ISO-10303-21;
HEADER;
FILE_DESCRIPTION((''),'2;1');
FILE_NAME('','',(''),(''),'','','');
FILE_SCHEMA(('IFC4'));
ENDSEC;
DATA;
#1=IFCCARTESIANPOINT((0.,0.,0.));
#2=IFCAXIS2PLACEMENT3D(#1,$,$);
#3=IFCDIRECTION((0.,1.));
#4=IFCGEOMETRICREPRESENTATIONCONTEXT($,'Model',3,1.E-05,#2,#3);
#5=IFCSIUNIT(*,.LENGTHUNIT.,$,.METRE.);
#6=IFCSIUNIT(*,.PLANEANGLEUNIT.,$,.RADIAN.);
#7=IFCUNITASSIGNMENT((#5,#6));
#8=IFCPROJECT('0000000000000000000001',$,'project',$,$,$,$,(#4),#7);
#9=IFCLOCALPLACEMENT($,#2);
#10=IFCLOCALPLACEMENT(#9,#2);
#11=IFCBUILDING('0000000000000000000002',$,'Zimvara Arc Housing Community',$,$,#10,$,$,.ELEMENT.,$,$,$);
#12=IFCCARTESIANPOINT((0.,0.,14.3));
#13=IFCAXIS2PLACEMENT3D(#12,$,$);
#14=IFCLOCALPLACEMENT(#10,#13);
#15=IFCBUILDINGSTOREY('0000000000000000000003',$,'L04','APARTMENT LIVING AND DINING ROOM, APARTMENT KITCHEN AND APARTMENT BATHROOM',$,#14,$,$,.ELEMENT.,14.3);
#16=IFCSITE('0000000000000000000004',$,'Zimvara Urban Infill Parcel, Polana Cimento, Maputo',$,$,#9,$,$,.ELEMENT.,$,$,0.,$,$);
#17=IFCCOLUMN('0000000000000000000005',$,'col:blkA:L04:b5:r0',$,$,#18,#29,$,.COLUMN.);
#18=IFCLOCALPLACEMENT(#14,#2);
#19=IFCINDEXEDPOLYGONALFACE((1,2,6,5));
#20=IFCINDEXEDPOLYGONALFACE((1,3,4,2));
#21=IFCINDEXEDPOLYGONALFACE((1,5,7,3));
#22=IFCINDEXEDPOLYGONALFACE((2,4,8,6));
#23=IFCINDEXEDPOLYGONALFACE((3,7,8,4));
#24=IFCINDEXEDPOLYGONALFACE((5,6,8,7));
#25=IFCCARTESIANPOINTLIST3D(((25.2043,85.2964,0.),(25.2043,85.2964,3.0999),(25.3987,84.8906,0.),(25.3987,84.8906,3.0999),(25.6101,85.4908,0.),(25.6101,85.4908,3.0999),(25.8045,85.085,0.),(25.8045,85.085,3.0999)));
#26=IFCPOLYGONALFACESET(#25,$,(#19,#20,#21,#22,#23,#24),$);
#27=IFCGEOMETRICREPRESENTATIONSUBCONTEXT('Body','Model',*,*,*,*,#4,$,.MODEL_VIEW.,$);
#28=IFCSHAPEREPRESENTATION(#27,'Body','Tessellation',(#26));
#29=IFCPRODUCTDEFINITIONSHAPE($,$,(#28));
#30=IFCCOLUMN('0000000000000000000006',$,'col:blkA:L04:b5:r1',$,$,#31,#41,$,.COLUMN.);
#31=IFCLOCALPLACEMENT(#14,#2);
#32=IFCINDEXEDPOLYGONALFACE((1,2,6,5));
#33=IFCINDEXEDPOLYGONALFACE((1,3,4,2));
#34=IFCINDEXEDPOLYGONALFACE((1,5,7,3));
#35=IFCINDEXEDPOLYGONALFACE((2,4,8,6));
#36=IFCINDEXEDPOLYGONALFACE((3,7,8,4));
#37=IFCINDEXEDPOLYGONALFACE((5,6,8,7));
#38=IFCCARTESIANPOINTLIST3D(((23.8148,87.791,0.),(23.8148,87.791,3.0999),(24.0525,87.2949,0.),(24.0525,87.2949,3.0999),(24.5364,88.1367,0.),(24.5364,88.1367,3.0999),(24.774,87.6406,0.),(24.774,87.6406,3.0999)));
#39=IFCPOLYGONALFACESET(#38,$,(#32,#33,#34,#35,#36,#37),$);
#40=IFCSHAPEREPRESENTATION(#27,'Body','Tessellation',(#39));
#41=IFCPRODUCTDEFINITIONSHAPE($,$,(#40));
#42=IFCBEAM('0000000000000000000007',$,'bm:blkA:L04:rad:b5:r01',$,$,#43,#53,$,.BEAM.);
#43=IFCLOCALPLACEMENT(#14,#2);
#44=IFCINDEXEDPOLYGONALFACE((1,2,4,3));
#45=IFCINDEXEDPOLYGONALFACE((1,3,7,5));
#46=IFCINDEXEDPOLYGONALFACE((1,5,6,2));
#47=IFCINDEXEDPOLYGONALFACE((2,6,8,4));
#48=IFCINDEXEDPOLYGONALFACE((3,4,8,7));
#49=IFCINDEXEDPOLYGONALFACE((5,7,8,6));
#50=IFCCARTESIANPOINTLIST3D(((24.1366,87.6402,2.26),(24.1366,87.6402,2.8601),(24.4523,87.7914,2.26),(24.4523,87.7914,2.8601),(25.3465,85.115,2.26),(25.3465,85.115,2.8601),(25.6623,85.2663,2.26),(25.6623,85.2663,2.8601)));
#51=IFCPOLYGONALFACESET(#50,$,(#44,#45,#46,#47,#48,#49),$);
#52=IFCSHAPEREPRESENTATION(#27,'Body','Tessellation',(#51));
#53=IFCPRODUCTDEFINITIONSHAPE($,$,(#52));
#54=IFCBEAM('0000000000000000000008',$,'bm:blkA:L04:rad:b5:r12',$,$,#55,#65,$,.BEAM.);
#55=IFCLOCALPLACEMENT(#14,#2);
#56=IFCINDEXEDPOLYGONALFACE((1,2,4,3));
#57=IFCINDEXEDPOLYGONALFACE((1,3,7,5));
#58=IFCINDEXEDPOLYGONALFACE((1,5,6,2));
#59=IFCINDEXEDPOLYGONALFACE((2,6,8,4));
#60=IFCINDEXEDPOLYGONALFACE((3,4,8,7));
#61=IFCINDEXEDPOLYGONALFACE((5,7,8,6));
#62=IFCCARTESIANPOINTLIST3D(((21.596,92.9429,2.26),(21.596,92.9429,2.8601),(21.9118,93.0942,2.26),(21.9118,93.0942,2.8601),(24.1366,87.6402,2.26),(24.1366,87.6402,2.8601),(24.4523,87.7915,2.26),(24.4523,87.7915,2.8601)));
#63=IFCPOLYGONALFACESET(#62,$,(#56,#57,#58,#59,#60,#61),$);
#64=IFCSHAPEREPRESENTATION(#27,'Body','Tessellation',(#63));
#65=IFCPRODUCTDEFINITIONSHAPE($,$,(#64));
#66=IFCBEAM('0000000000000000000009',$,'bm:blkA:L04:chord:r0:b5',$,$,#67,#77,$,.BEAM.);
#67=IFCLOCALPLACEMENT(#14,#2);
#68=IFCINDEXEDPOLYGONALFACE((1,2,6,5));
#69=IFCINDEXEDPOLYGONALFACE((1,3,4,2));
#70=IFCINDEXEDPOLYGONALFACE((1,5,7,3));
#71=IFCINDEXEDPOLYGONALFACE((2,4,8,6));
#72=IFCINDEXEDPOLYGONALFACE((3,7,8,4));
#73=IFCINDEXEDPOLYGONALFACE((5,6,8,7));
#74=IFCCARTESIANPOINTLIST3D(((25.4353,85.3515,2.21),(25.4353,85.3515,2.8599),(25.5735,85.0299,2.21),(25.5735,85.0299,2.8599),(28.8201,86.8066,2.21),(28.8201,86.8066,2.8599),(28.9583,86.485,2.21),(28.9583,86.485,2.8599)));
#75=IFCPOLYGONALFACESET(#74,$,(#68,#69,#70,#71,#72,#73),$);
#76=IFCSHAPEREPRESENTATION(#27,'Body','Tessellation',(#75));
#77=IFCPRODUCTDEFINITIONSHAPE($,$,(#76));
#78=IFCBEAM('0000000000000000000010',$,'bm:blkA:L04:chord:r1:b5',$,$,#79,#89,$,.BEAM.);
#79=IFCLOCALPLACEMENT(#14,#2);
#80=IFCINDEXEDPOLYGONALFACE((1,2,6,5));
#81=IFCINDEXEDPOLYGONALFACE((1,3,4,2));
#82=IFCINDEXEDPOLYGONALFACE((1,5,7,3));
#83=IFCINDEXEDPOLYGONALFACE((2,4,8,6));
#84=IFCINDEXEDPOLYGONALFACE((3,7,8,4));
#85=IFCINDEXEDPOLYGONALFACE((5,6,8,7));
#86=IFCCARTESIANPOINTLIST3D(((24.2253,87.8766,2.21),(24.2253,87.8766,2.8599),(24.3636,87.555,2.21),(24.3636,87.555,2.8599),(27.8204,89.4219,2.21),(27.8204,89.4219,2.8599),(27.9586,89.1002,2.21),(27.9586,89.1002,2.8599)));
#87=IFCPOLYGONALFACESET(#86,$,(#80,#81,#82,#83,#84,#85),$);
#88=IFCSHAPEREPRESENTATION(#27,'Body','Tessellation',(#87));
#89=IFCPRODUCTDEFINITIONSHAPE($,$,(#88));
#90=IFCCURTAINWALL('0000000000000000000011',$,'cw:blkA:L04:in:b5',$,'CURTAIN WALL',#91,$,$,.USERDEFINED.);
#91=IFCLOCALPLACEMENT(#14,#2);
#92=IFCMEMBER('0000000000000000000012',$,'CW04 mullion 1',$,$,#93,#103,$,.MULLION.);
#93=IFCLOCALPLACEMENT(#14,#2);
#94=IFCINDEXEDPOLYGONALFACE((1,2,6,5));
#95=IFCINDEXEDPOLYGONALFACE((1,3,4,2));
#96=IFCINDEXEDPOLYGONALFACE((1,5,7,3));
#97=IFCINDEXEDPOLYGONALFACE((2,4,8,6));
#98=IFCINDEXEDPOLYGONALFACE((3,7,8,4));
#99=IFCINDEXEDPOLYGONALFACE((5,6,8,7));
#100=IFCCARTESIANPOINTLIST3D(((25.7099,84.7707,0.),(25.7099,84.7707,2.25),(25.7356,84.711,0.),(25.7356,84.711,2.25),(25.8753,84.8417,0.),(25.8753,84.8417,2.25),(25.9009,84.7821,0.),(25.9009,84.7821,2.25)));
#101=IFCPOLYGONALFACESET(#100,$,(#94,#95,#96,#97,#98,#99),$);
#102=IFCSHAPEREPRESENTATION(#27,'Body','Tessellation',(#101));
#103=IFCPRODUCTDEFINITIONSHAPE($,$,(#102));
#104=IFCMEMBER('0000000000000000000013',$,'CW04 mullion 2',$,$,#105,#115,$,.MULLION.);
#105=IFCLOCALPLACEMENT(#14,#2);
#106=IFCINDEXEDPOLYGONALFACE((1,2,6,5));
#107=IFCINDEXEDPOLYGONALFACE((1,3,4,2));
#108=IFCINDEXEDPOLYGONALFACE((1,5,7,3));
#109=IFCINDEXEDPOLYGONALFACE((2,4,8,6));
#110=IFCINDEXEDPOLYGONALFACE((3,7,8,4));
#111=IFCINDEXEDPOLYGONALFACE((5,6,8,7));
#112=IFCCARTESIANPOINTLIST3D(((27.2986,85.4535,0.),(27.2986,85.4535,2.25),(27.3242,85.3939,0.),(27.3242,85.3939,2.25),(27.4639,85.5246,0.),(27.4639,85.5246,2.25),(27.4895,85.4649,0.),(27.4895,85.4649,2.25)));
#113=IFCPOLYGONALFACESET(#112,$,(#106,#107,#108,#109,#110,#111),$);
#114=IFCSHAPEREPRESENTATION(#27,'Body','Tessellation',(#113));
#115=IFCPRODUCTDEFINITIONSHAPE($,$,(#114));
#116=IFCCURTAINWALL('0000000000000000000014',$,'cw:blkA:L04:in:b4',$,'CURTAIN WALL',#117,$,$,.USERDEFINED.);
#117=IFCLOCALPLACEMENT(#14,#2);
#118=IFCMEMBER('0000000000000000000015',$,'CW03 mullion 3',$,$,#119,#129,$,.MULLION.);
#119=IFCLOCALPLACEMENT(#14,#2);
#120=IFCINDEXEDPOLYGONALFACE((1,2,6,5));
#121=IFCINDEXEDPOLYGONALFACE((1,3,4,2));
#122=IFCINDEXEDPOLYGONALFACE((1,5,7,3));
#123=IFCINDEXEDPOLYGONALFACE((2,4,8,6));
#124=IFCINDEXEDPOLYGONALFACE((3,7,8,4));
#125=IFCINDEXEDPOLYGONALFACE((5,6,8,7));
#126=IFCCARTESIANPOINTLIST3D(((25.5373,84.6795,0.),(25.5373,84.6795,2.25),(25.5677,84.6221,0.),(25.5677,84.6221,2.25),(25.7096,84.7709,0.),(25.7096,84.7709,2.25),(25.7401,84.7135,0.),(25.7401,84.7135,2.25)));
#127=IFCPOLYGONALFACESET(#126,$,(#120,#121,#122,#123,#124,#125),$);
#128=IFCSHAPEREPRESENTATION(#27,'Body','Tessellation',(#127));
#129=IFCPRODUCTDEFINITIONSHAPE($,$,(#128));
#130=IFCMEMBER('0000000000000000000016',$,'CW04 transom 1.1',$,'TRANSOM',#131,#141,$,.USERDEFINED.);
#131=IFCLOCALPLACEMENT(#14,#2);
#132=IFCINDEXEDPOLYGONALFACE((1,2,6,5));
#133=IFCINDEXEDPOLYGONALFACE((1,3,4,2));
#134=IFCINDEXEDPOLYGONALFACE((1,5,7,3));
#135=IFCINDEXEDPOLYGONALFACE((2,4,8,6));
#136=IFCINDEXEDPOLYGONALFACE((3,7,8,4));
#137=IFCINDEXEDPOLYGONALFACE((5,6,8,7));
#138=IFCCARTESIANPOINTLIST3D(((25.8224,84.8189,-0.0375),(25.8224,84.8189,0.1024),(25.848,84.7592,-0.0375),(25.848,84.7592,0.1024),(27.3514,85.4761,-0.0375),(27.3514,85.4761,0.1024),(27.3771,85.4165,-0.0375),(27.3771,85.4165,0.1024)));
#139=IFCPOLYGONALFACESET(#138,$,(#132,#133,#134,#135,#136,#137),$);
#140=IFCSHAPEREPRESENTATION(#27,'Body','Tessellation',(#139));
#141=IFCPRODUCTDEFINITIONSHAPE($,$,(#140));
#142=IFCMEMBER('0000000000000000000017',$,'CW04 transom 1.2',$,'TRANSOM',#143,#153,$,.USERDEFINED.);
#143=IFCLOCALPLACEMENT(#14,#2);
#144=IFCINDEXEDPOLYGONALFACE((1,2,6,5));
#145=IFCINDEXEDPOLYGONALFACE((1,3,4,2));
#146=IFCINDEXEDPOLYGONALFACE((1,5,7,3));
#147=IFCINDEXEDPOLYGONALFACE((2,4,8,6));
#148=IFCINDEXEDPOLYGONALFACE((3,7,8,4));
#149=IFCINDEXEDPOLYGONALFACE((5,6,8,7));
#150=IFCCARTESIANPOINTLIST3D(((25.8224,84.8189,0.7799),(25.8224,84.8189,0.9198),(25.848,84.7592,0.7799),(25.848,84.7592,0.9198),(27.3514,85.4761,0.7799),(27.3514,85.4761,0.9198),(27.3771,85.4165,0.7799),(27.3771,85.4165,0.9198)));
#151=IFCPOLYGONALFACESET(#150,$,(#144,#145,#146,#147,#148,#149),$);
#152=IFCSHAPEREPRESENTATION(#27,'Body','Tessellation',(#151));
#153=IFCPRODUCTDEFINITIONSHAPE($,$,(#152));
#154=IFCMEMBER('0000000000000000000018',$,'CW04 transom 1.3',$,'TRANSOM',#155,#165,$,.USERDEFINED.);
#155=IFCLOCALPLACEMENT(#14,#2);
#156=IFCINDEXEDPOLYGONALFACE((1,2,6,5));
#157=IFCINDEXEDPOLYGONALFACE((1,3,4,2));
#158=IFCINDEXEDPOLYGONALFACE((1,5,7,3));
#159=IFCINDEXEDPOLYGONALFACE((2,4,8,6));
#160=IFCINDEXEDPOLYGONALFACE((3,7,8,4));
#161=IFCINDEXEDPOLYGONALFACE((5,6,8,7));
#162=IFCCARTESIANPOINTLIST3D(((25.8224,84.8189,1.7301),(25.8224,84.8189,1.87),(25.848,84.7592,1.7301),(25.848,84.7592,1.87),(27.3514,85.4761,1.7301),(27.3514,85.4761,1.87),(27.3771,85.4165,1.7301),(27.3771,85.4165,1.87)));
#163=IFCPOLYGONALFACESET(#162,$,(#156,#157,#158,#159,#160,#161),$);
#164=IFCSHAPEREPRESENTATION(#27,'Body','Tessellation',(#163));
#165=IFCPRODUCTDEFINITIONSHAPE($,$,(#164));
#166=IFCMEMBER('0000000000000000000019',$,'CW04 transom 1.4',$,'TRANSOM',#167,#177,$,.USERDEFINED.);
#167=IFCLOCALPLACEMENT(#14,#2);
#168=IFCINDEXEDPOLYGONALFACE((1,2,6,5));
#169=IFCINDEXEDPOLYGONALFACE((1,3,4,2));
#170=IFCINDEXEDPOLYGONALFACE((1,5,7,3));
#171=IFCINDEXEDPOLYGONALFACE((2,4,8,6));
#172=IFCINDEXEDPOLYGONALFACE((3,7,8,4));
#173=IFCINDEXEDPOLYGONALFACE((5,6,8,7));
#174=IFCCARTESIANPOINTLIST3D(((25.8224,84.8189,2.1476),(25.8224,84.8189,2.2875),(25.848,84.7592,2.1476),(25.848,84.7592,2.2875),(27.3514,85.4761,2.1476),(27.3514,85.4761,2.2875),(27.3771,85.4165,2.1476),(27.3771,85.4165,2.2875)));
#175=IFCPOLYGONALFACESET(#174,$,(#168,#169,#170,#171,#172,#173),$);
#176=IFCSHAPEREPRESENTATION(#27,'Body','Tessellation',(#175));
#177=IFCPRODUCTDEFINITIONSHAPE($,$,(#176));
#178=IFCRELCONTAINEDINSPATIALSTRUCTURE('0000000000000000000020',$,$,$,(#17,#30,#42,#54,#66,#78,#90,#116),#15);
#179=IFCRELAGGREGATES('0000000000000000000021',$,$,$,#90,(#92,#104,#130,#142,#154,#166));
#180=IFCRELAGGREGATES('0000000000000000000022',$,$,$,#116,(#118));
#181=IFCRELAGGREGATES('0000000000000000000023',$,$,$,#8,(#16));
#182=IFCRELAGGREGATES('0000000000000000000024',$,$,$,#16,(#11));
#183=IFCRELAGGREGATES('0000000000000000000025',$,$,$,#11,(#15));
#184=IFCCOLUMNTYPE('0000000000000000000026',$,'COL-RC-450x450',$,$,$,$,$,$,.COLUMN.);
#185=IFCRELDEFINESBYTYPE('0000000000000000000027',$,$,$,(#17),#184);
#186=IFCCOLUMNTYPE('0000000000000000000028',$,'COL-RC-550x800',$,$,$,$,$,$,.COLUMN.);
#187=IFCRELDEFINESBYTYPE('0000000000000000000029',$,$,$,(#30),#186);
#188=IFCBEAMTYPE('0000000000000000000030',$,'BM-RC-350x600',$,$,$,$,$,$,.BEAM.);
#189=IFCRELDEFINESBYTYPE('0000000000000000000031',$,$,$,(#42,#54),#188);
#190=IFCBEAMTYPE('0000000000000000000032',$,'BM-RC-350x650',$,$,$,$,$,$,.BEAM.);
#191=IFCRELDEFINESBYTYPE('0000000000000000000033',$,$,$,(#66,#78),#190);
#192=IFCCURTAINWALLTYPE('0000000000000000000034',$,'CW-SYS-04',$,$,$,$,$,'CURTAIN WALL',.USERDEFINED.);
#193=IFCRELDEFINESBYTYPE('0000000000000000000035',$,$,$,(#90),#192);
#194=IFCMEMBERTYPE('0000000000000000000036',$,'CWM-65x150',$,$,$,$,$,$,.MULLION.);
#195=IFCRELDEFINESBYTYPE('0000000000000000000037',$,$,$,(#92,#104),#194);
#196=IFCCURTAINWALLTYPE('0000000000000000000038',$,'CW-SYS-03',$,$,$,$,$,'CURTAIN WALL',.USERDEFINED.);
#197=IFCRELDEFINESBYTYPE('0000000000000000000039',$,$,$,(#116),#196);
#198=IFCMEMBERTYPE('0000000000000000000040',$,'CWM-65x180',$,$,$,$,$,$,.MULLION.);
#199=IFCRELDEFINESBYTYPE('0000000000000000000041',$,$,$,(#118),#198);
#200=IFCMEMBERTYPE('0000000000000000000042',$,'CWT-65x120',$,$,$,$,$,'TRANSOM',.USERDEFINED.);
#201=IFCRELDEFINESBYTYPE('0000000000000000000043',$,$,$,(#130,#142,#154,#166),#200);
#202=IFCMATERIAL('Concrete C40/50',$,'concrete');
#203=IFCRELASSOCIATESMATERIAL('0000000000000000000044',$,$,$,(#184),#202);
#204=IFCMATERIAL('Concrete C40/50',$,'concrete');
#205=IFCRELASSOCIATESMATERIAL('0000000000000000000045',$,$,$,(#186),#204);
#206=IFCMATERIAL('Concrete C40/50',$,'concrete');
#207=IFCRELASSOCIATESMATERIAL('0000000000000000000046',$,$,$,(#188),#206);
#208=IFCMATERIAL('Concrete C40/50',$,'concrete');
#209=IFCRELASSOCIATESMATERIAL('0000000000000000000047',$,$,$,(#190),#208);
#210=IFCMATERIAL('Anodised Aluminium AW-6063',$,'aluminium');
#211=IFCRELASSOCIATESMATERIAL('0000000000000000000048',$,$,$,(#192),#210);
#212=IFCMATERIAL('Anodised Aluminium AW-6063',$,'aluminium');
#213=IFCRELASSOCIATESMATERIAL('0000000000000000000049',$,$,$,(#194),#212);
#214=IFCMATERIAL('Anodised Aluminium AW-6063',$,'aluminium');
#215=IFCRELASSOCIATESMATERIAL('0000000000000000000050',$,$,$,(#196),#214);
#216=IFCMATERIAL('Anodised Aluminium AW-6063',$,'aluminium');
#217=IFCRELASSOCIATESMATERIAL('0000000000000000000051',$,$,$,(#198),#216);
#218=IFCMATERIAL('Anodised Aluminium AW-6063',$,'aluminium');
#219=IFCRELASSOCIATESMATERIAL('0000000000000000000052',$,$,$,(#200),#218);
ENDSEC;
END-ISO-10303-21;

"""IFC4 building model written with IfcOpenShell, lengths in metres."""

from ifc_helpers import new_model, si_unit, direction, frame, origin, origin_2d, place, context, subcontext, project, spatial, rectangle, extrude, material, material_profile, profile_set, type_object, element, aggregate, save


model = new_model("IFC4")

# Units and contexts
model_context = context("Model", 3, precision=1e-05, world=origin(), true_north=direction((0.0, 1.0)))
body_context = subcontext(model_context, "Body", "Model", "MODEL_VIEW")
ifc_project = project(units=[si_unit("LENGTHUNIT", "METRE"), si_unit("PLANEANGLEUNIT", "RADIAN")], contexts=[model_context])

# Site, building, storey
site_placement = place(None, origin())
site = spatial("IfcSite", under=ifc_project, at=site_placement, Name="Zimvara Urban Infill Parcel, Polana Cimento, Maputo", CompositionType="ELEMENT", RefElevation=0.0)
building_placement = place(site_placement, origin())
building = spatial("IfcBuilding", under=site, at=building_placement, Name="Zimvara Arc Housing Community", CompositionType="ELEMENT")
storey_placement = place(building_placement, frame((0.0, 0.0, 14.3)))
storey = spatial("IfcBuildingStorey", under=building, at=storey_placement, Name="L04", Description="APARTMENT LIVING AND DINING ROOM, APARTMENT KITCHEN AND APARTMENT BATHROOM", CompositionType="ELEMENT", Elevation=14.3)

# Columns
ifc_material_1 = material(Name="Concrete C40/50", Category="concrete")
ifc_material_profile_1 = material_profile(ifc_material_1, rectangle(XDim=0.45, YDim=0.45, at=origin_2d()), Name="RC 450x450")
ifc_profile_set_1 = profile_set([ifc_material_profile_1], Name="Concrete C40/50")
column_type_1 = type_object("IfcColumnType", Name="COL-RC-450x450", PredefinedType="COLUMN", material=ifc_profile_set_1)
column_1_placement = place(storey_placement, frame((25.5044, 85.1907, 0.0), z_axis=(0.0, 0.0, 1.0), x_axis=(-0.432086, 0.901833, 0.0)))
element("IfcColumn", 1, at=column_1_placement, inside=storey, type_object=column_type_1, Name="col:blkA:L04:b5:r0", PredefinedType="COLUMN", context=body_context, shape_type="SweptSolid", body=[
    extrude(rectangle(XDim=0.45, YDim=0.45, at=origin_2d()), origin(), (0.0, 0.0, 1.0), 3.0999),
])
ifc_material_2 = material(Name="Concrete C40/50", Category="concrete")
ifc_material_profile_2 = material_profile(ifc_material_2, rectangle(XDim=0.55, YDim=0.8, at=origin_2d()), Name="RC 550x800")
ifc_profile_set_2 = profile_set([ifc_material_profile_2], Name="Concrete C40/50")
column_type_2 = type_object("IfcColumnType", Name="COL-RC-550x800", PredefinedType="COLUMN", material=ifc_profile_set_2)
column_2_placement = place(storey_placement, frame((24.2944, 87.7158, 0.0), z_axis=(0.0, 0.0, 1.0), x_axis=(-0.432086, 0.901833, 0.0)))
element("IfcColumn", 2, at=column_2_placement, inside=storey, type_object=column_type_2, Name="col:blkA:L04:b5:r1", PredefinedType="COLUMN", context=body_context, shape_type="SweptSolid", body=[
    extrude(rectangle(XDim=0.55, YDim=0.8, at=origin_2d()), origin(), (0.0, 0.0, 1.0), 3.0999),
])

# Beams
ifc_material_3 = material(Name="Concrete C40/50", Category="concrete")
ifc_material_profile_3 = material_profile(ifc_material_3, rectangle(XDim=0.3501, YDim=0.6001, at=origin_2d()), Name="RC 350x600")
ifc_profile_set_3 = profile_set([ifc_material_profile_3], Name="Concrete C40/50")
beam_type_1 = type_object("IfcBeamType", Name="BM-RC-350x600", PredefinedType="BEAM", material=ifc_profile_set_3)
beam_1_placement = place(storey_placement, frame((25.5044, 85.1907, 2.5601), z_axis=(-0.432119, 0.901817, 0.0), x_axis=(-0.901817, -0.432119, 0.0)))
element("IfcBeam", 3, at=beam_1_placement, inside=storey, type_object=beam_type_1, Name="bm:blkA:L04:rad:b5:r01", PredefinedType="BEAM", context=body_context, shape_type="SweptSolid", body=[
    extrude(rectangle(XDim=0.3501, YDim=0.6001, at=origin_2d()), origin(), (0.0, 0.0, 1.0), 2.8),
])
beam_2_placement = place(storey_placement, frame((24.2944, 87.7158, 2.5601), z_axis=(-0.43207, 0.90184, 0.0), x_axis=(-0.90184, -0.43207, 0.0)))
element("IfcBeam", 4, at=beam_2_placement, inside=storey, type_object=beam_type_1, Name="bm:blkA:L04:rad:b5:r12", PredefinedType="BEAM", context=body_context, shape_type="SweptSolid", body=[
    extrude(rectangle(XDim=0.3501, YDim=0.6001, at=origin_2d()), origin(), (0.0, 0.0, 1.0), 5.8799),
])
ifc_material_4 = material(Name="Concrete C40/50", Category="concrete")
ifc_material_profile_4 = material_profile(ifc_material_4, rectangle(XDim=0.3501, YDim=0.6499, at=origin_2d()), Name="RC 350x650")
ifc_profile_set_4 = profile_set([ifc_material_profile_4], Name="Concrete C40/50")
beam_type_2 = type_object("IfcBeamType", Name="BM-RC-350x650", PredefinedType="BEAM", material=ifc_profile_set_4)
beam_3_placement = place(storey_placement, frame((25.5044, 85.1907, 2.5349), z_axis=(0.918706, 0.394943, 0.0), x_axis=(-0.394943, 0.918706, 0.0)))
element("IfcBeam", 5, at=beam_3_placement, inside=storey, type_object=beam_type_2, Name="bm:blkA:L04:chord:r0:b5", PredefinedType="BEAM", context=body_context, shape_type="SweptSolid", body=[
    extrude(rectangle(XDim=0.3501, YDim=0.6499, at=origin_2d()), origin(), (0.0, 0.0, 1.0), 3.6843),
])
beam_4_placement = place(storey_placement, frame((24.2944, 87.7158, 2.5349), z_axis=(0.918731, 0.394883, 0.0), x_axis=(-0.394883, 0.918731, 0.0)))
element("IfcBeam", 6, at=beam_4_placement, inside=storey, type_object=beam_type_2, Name="bm:blkA:L04:chord:r1:b5", PredefinedType="BEAM", context=body_context, shape_type="SweptSolid", body=[
    extrude(rectangle(XDim=0.3501, YDim=0.6499, at=origin_2d()), origin(), (0.0, 0.0, 1.0), 3.9131),
])

# Curtain wall, members
ifc_material_5 = material(Name="Anodised Aluminium AW-6063", Category="aluminium")
curtain_wall_type_1 = type_object("IfcCurtainWallType", Name="CW-SYS-04", ElementType="CURTAIN WALL", PredefinedType="USERDEFINED", material=ifc_material_5)
curtain_wall_1_placement = place(storey_placement, origin())
curtain_wall_1 = element("IfcCurtainWall", 7, at=curtain_wall_1_placement, inside=storey, type_object=curtain_wall_type_1, Name="cw:blkA:L04:in:b5", ObjectType="CURTAIN WALL", PredefinedType="USERDEFINED")
ifc_material_6 = material(Name="Anodised Aluminium AW-6063", Category="aluminium")
ifc_material_profile_5 = material_profile(ifc_material_6, rectangle(XDim=0.0649, YDim=0.1799, at=origin_2d()), Name="ALU 65x180")
ifc_profile_set_5 = profile_set([ifc_material_profile_5], Name="Anodised Aluminium AW-6063")
member_type_1 = type_object("IfcMemberType", Name="CWM-65x150", PredefinedType="MULLION", material=ifc_profile_set_5)
member_1_placement = place(storey_placement, frame((25.8054, 84.7764, 0.0), z_axis=(0.0, 0.0, 1.0), x_axis=(-0.394904, 0.918722, 0.0)))
member_1 = element("IfcMember", 8, at=member_1_placement, type_object=member_type_1, Name="CW04 mullion 1", PredefinedType="MULLION", context=body_context, shape_type="SweptSolid", body=[
    extrude(rectangle(XDim=0.0649, YDim=0.1799, at=origin_2d()), origin(), (0.0, 0.0, 1.0), 2.25),
])
member_2_placement = place(storey_placement, frame((27.394, 85.4592, 0.0), z_axis=(0.0, 0.0, 1.0), x_axis=(-0.394904, 0.918722, 0.0)))
member_2 = element("IfcMember", 9, at=member_2_placement, type_object=member_type_1, Name="CW04 mullion 2", PredefinedType="MULLION", context=body_context, shape_type="SweptSolid", body=[
    extrude(rectangle(XDim=0.0649, YDim=0.1799, at=origin_2d()), origin(), (0.0, 0.0, 1.0), 2.25),
])

# Curtain wall, member
ifc_material_7 = material(Name="Anodised Aluminium AW-6063", Category="aluminium")
curtain_wall_type_2 = type_object("IfcCurtainWallType", Name="CW-SYS-03", ElementType="CURTAIN WALL", PredefinedType="USERDEFINED", material=ifc_material_7)
curtain_wall_2_placement = place(storey_placement, origin())
curtain_wall_2 = element("IfcCurtainWall", 10, at=curtain_wall_2_placement, inside=storey, type_object=curtain_wall_type_2, Name="cw:blkA:L04:in:b4", ObjectType="CURTAIN WALL", PredefinedType="USERDEFINED")
ifc_material_8 = material(Name="Anodised Aluminium AW-6063", Category="aluminium")
ifc_material_profile_6 = material_profile(ifc_material_8, rectangle(XDim=0.0649, YDim=0.1951, at=origin_2d()), Name="ALU 65x195")
ifc_profile_set_6 = profile_set([ifc_material_profile_6], Name="Anodised Aluminium AW-6063")
member_type_2 = type_object("IfcMemberType", Name="CWM-65x180", PredefinedType="MULLION", material=ifc_profile_set_6)
member_3_placement = place(storey_placement, frame((25.6387, 84.6965, 0.0), z_axis=(0.0, 0.0, 1.0), x_axis=(-0.468545, 0.88344, 0.0)))
member_3 = element("IfcMember", 11, at=member_3_placement, type_object=member_type_2, Name="CW03 mullion 3", PredefinedType="MULLION", context=body_context, shape_type="SweptSolid", body=[
    extrude(rectangle(XDim=0.0649, YDim=0.1951, at=origin_2d()), origin(), (0.0, 0.0, 1.0), 2.25),
])

# Members
ifc_material_9 = material(Name="Anodised Aluminium AW-6063", Category="aluminium")
ifc_material_profile_7 = material_profile(ifc_material_9, rectangle(XDim=0.0649, YDim=0.1399, at=origin_2d()), Name="ALU 65x140")
ifc_profile_set_7 = profile_set([ifc_material_profile_7], Name="Anodised Aluminium AW-6063")
member_type_3 = type_object("IfcMemberType", Name="CWT-65x120", ElementType="TRANSOM", PredefinedType="USERDEFINED", material=ifc_profile_set_7)
member_4_placement = place(storey_placement, frame((25.8352, 84.7891, 0.0325), z_axis=(0.918727, 0.394893, 0.0), x_axis=(-0.394893, 0.918727, 0.0)))
member_4 = element("IfcMember", 12, at=member_4_placement, type_object=member_type_3, Name="CW04 transom 1.1", ObjectType="TRANSOM", PredefinedType="USERDEFINED", context=body_context, shape_type="SweptSolid", body=[
    extrude(rectangle(XDim=0.0649, YDim=0.1399, at=origin_2d()), origin(), (0.0, 0.0, 1.0), 1.6643),
])
member_5_placement = place(storey_placement, frame((25.8352, 84.7891, 0.8499), z_axis=(0.918727, 0.394893, 0.0), x_axis=(-0.394893, 0.918727, 0.0)))
member_5 = element("IfcMember", 13, at=member_5_placement, type_object=member_type_3, Name="CW04 transom 1.2", ObjectType="TRANSOM", PredefinedType="USERDEFINED", context=body_context, shape_type="SweptSolid", body=[
    extrude(rectangle(XDim=0.0649, YDim=0.1399, at=origin_2d()), origin(), (0.0, 0.0, 1.0), 1.6643),
])
member_6_placement = place(storey_placement, frame((25.8352, 84.7891, 1.8), z_axis=(0.918727, 0.394893, 0.0), x_axis=(-0.394893, 0.918727, 0.0)))
member_6 = element("IfcMember", 14, at=member_6_placement, type_object=member_type_3, Name="CW04 transom 1.3", ObjectType="TRANSOM", PredefinedType="USERDEFINED", context=body_context, shape_type="SweptSolid", body=[
    extrude(rectangle(XDim=0.0649, YDim=0.1399, at=origin_2d()), origin(), (0.0, 0.0, 1.0), 1.6643),
])
member_7_placement = place(storey_placement, frame((25.8352, 84.7891, 2.2175), z_axis=(0.918727, 0.394893, 0.0), x_axis=(-0.394893, 0.918727, 0.0)))
member_7 = element("IfcMember", 15, at=member_7_placement, type_object=member_type_3, Name="CW04 transom 1.4", ObjectType="TRANSOM", PredefinedType="USERDEFINED", context=body_context, shape_type="SweptSolid", body=[
    extrude(rectangle(XDim=0.0649, YDim=0.1399, at=origin_2d()), origin(), (0.0, 0.0, 1.0), 1.6643),
])

aggregate(curtain_wall_1, [member_1, member_2, member_4, member_5, member_6, member_7])
aggregate(curtain_wall_2, [member_3])

save(model, "model.ifc")
